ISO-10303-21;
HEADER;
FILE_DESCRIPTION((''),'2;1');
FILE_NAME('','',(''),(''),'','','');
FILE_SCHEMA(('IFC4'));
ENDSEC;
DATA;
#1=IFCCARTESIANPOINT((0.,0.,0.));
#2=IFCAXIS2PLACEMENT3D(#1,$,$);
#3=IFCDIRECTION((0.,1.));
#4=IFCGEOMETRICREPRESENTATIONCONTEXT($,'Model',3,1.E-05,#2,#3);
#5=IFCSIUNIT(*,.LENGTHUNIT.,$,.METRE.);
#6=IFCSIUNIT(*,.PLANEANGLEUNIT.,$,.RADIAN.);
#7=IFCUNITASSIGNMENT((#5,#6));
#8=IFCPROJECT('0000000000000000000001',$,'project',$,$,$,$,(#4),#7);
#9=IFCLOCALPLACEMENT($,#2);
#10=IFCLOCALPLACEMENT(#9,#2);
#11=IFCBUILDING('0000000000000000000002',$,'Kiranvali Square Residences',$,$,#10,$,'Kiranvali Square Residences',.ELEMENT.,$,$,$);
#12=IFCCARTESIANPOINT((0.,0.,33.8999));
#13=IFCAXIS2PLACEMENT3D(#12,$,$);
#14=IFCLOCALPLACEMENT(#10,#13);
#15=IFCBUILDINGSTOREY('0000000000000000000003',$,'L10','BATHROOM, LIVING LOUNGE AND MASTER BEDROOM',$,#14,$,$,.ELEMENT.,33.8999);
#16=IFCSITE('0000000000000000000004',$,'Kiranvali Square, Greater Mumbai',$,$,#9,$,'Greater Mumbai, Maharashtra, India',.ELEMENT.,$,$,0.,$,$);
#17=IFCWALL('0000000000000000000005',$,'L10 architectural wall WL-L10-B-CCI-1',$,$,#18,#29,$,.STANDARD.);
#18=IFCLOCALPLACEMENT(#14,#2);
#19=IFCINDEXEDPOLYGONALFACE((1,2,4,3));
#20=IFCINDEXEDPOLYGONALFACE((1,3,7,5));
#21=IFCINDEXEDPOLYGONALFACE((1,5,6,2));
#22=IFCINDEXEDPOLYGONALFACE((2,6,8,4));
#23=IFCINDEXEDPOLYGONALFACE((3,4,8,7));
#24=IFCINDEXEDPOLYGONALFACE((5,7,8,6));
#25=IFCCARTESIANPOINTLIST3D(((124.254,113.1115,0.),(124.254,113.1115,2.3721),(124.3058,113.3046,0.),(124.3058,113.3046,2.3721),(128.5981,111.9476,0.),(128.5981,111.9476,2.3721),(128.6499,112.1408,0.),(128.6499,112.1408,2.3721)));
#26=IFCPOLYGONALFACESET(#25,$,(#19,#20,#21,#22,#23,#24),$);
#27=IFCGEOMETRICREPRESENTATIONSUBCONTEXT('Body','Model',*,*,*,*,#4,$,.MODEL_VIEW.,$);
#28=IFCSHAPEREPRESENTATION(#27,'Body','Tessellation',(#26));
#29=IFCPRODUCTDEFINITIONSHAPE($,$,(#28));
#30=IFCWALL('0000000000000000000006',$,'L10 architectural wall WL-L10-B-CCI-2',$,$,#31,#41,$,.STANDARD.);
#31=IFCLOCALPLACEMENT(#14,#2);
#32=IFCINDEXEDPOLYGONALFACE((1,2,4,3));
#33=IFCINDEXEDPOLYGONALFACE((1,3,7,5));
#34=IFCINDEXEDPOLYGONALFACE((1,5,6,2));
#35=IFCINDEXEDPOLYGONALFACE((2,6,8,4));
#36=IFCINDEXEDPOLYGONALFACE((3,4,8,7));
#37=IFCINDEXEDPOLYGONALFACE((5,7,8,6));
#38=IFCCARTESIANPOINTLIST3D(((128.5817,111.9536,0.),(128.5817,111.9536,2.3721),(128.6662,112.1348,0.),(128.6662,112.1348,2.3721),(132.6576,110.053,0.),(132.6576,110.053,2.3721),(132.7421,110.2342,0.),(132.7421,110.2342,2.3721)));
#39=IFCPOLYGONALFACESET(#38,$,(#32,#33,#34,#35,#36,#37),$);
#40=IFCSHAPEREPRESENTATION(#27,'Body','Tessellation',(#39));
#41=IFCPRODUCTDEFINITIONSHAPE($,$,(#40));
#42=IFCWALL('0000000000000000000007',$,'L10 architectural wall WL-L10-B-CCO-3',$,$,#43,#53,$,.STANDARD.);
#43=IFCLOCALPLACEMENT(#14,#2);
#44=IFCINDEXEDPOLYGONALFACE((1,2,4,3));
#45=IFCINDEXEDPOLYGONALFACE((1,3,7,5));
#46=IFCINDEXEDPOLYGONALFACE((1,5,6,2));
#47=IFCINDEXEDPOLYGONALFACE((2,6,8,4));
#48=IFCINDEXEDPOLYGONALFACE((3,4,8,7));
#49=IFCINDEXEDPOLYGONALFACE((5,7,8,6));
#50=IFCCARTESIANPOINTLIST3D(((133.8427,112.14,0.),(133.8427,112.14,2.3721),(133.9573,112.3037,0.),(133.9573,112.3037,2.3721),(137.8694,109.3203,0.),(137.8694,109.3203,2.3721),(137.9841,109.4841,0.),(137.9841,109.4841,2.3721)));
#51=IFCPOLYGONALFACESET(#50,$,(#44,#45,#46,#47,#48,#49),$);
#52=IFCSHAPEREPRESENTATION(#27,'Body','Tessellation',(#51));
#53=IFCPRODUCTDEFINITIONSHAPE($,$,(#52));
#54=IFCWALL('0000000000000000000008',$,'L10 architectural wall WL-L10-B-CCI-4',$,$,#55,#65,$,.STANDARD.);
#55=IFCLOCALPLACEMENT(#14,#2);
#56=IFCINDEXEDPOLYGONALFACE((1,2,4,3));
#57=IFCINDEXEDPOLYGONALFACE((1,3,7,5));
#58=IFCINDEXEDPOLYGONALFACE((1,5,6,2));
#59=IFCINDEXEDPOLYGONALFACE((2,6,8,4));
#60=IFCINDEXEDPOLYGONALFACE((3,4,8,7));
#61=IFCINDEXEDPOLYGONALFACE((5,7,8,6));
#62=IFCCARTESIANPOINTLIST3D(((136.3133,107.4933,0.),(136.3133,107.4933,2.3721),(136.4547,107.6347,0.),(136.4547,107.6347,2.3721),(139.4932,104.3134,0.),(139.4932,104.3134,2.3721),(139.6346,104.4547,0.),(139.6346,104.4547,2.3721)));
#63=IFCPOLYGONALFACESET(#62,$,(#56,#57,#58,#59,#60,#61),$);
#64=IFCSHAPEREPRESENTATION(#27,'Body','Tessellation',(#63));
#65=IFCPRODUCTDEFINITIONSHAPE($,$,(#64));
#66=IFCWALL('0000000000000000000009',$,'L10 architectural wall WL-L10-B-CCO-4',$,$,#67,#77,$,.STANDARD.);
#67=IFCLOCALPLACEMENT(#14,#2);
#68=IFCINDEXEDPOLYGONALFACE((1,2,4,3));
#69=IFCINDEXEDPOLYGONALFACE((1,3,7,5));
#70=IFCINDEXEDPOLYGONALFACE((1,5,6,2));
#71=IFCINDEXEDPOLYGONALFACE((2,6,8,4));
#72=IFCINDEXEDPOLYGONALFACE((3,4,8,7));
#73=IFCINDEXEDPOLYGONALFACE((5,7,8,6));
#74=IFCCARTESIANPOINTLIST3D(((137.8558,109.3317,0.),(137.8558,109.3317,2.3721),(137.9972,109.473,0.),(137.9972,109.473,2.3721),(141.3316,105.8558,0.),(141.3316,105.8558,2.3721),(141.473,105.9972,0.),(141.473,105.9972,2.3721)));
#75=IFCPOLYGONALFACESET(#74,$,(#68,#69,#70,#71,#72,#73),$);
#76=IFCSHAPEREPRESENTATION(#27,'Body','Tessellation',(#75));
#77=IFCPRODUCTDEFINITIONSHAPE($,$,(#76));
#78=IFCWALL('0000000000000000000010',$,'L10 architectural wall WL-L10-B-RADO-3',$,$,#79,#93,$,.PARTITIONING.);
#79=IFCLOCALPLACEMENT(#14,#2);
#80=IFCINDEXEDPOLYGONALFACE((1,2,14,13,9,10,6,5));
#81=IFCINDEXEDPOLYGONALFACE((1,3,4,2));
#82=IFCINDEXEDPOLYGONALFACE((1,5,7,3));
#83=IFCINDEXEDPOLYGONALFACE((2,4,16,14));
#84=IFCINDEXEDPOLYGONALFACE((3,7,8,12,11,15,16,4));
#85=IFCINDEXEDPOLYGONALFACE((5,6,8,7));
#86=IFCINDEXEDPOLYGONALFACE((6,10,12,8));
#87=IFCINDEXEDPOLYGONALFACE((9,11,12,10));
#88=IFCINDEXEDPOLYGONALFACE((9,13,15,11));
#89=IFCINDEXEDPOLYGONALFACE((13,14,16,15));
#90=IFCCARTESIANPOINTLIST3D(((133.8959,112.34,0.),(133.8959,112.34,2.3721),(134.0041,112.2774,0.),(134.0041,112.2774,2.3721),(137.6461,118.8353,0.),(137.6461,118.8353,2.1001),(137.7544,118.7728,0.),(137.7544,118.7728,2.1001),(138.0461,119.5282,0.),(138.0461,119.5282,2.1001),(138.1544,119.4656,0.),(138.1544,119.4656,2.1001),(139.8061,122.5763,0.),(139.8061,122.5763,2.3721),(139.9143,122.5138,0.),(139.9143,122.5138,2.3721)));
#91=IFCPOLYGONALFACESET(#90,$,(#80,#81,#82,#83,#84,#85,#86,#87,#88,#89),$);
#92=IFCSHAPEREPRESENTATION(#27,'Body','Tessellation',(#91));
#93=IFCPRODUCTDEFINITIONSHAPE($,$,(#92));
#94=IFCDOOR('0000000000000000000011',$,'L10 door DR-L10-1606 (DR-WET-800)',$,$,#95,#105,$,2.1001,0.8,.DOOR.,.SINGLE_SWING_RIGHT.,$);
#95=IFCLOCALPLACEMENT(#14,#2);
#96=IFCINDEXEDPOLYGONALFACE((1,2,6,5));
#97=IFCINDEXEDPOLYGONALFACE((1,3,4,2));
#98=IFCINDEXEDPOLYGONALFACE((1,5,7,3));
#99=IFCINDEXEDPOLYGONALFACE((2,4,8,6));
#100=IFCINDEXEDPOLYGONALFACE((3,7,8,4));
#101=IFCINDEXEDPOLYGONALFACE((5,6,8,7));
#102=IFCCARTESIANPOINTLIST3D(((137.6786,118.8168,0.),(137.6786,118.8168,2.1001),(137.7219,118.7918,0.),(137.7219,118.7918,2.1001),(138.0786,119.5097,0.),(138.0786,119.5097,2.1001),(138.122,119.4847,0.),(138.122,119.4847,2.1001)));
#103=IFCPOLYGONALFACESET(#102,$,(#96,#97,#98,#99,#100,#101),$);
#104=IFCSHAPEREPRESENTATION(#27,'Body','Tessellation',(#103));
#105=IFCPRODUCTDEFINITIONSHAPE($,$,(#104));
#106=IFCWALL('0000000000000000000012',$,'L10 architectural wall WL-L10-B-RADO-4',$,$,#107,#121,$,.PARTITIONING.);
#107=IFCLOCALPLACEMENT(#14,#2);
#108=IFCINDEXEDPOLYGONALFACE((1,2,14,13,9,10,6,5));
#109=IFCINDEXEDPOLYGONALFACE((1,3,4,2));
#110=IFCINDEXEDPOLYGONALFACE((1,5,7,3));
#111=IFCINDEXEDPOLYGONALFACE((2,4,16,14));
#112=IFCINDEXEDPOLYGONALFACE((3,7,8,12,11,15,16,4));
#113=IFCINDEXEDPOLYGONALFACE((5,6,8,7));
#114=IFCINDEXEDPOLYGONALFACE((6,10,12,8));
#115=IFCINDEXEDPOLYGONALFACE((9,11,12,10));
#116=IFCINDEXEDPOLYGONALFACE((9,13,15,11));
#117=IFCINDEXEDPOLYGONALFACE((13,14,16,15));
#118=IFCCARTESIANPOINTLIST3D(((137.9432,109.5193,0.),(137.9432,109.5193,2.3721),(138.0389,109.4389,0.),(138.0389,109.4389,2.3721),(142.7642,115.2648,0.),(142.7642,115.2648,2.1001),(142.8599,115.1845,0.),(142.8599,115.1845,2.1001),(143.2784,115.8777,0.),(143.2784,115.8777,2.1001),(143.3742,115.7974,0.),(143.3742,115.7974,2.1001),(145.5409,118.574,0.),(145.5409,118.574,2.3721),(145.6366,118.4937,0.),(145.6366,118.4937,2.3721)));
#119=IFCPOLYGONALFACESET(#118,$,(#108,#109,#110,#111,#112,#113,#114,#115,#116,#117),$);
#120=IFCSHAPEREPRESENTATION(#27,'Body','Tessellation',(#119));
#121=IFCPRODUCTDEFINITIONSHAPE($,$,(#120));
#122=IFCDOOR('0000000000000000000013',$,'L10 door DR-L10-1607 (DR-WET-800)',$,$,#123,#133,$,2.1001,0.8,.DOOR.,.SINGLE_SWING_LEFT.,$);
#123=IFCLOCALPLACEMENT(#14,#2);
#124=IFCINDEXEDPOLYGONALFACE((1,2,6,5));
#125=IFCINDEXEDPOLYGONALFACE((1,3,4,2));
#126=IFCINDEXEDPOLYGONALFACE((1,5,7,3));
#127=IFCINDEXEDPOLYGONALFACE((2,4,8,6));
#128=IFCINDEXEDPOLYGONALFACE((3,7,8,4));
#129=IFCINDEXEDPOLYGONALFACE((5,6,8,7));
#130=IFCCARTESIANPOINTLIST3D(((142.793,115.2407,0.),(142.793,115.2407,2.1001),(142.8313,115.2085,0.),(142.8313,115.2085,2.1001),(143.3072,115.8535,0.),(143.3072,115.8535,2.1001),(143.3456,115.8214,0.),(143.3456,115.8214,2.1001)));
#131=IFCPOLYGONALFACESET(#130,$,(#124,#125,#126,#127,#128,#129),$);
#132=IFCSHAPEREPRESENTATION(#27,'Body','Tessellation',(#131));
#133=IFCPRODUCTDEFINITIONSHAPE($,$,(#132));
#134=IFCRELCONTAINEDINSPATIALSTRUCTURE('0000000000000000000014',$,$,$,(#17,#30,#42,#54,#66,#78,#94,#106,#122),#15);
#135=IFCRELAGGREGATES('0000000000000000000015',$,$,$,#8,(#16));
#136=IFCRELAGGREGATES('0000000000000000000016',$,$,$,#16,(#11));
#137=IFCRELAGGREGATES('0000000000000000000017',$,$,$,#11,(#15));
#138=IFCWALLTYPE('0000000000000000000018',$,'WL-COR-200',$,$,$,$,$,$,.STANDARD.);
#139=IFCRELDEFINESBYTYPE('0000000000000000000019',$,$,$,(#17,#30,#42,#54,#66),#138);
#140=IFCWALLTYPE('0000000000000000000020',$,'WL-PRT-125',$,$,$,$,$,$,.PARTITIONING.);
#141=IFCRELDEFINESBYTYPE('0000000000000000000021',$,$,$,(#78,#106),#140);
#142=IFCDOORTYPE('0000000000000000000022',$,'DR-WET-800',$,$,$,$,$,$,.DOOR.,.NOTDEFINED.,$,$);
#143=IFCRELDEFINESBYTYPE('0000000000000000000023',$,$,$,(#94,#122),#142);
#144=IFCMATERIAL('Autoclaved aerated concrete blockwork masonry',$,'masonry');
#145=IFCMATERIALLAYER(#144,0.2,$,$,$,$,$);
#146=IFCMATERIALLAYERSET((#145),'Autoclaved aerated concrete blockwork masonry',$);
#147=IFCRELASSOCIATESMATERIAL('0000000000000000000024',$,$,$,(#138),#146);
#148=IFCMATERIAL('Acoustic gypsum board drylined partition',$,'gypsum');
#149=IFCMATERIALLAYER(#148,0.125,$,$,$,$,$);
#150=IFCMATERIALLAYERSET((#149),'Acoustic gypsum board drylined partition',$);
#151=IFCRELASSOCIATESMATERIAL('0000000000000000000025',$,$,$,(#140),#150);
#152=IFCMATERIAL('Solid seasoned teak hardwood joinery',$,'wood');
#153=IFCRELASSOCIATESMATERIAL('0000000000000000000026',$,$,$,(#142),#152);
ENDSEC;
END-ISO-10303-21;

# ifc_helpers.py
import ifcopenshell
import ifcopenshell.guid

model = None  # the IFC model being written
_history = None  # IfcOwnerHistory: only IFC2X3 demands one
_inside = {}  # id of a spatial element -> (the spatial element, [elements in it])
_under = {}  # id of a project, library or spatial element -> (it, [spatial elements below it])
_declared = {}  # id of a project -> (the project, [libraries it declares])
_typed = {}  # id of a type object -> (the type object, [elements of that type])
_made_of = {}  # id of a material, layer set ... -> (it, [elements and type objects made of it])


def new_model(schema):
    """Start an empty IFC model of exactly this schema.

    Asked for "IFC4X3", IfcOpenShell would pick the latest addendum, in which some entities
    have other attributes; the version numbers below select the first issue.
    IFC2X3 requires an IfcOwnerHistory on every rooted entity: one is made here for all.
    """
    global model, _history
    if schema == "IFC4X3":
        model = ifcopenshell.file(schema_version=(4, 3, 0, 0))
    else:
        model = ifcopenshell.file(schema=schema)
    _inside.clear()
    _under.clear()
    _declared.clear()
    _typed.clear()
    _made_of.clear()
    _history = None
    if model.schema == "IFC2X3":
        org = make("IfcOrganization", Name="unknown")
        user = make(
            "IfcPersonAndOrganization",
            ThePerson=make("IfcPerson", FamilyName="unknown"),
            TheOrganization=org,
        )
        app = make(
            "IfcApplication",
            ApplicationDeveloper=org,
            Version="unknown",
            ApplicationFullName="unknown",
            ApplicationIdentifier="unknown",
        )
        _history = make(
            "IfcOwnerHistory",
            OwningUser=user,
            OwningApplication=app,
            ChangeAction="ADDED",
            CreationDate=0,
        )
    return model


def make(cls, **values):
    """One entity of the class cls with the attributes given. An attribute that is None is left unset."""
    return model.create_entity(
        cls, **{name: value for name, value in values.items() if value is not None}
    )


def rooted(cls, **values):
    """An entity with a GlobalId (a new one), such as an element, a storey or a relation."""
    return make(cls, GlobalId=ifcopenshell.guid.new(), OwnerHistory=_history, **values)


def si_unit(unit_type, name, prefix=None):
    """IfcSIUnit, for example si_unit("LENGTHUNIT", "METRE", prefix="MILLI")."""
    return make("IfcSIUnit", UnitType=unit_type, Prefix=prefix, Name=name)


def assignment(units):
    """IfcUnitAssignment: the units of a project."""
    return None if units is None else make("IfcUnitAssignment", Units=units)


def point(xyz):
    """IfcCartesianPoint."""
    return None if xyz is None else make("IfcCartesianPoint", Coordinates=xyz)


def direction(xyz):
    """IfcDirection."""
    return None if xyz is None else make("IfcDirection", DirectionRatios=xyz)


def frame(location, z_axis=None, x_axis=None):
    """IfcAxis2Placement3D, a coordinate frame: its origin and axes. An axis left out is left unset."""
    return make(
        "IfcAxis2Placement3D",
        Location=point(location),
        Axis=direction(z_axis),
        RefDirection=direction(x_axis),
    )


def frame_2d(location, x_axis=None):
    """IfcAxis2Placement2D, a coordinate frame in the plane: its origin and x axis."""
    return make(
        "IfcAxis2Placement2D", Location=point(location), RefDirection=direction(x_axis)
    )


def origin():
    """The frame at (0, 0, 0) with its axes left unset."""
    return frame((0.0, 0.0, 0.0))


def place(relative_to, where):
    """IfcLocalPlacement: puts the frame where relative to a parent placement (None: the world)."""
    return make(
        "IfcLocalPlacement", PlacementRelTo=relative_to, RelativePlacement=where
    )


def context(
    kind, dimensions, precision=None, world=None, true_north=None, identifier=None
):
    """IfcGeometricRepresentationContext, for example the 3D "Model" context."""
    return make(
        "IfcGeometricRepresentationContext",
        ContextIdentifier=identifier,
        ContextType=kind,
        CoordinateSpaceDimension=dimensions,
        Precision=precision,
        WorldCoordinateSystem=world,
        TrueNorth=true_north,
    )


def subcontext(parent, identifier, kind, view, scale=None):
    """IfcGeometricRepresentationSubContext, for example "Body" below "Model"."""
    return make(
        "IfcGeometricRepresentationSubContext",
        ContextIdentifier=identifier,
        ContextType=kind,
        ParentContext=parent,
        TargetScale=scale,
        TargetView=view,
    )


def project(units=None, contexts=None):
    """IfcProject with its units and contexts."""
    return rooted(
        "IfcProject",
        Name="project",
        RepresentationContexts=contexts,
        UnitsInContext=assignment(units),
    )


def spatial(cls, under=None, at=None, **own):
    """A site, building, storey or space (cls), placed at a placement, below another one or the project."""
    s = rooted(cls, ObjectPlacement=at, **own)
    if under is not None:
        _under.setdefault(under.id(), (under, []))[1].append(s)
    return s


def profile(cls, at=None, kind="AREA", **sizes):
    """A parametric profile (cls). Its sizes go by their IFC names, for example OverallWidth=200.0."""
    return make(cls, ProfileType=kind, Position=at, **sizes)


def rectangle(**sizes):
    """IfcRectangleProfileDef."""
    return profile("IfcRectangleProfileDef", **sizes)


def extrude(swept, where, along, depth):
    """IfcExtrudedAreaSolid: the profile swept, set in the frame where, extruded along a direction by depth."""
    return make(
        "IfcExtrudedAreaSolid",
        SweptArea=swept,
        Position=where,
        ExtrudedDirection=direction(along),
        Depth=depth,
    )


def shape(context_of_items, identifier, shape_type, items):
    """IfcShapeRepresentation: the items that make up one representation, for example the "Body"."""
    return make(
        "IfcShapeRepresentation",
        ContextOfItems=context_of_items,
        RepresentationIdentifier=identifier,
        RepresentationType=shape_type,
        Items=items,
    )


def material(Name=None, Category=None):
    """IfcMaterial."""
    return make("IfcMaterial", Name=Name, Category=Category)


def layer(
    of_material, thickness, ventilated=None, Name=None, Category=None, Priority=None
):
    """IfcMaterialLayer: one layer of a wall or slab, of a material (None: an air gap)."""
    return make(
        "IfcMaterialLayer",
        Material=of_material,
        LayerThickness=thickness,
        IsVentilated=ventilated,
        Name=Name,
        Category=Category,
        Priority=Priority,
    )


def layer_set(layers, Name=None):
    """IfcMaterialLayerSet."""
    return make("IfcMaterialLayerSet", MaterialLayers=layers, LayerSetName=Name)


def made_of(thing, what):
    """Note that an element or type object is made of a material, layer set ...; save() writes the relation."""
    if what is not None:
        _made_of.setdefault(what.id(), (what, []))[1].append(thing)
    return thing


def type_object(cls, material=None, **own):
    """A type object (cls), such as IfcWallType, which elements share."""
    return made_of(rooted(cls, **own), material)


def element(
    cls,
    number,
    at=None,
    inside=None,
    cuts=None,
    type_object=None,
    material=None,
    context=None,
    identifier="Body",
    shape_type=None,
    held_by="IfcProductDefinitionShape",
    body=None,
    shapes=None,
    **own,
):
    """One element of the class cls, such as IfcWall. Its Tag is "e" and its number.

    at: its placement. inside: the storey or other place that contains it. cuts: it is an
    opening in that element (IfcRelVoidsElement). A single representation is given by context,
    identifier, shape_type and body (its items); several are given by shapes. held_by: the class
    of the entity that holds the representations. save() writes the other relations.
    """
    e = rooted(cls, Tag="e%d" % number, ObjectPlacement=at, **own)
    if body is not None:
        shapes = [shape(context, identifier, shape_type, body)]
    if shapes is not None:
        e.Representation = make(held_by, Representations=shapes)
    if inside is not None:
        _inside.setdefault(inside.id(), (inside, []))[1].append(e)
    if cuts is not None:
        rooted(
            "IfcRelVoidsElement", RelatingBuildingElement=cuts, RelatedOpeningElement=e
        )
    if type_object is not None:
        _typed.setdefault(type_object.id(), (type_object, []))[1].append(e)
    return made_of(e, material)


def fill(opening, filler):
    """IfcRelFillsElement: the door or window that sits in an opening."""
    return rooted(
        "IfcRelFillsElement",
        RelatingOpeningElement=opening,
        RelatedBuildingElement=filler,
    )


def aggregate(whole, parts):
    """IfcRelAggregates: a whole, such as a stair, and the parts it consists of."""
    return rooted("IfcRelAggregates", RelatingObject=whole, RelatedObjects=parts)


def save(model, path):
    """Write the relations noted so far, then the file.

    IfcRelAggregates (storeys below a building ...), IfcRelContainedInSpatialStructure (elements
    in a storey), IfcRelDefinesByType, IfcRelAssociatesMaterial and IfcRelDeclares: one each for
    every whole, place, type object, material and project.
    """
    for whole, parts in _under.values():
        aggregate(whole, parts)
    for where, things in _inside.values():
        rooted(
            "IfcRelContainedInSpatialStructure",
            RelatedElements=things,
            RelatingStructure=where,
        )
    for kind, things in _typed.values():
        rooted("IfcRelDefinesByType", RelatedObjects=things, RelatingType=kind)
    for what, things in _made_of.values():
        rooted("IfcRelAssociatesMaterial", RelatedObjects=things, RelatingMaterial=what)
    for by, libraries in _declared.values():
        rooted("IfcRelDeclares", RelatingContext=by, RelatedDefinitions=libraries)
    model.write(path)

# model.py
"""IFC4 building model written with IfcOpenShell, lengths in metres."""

from ifc_helpers import new_model, si_unit, direction, frame, frame_2d, origin, place, context, subcontext, project, spatial, rectangle, extrude, material, layer, layer_set, type_object, element, fill, save


model = new_model("IFC4")

# Units and contexts
model_context = context("Model", 3, precision=1e-05, world=origin(), true_north=direction((0.0, 1.0)))
body_context = subcontext(model_context, "Body", "Model", "MODEL_VIEW")
ifc_project = project(units=[si_unit("LENGTHUNIT", "METRE"), si_unit("PLANEANGLEUNIT", "RADIAN")], contexts=[model_context])

# Site, building, storey
site_placement = place(None, origin())
site = spatial("IfcSite", under=ifc_project, at=site_placement, Name="Kiranvali Square, Greater Mumbai", LongName="Greater Mumbai, Maharashtra, India", CompositionType="ELEMENT", RefElevation=0.0)
building_placement = place(site_placement, origin())
building = spatial("IfcBuilding", under=site, at=building_placement, Name="Kiranvali Square Residences", LongName="Kiranvali Square Residences", CompositionType="ELEMENT")
storey_placement = place(building_placement, frame((0.0, 0.0, 33.8999)))
storey = spatial("IfcBuildingStorey", under=building, at=storey_placement, Name="L10", Description="BATHROOM, LIVING LOUNGE AND MASTER BEDROOM", CompositionType="ELEMENT", Elevation=33.8999)

# Walls
ifc_material_1 = material(Name="Autoclaved aerated concrete blockwork masonry", Category="masonry")
ifc_layer_1 = layer(ifc_material_1, 0.2)
ifc_layer_set_1 = layer_set([ifc_layer_1], Name="Autoclaved aerated concrete blockwork masonry")
wall_type_1 = type_object("IfcWallType", Name="WL-COR-200", PredefinedType="STANDARD", material=ifc_layer_set_1)
for number, where, z_axis, x_axis, name in (
    (1, (124.28, 113.208, 0.0), (0.0, 0.0, 1.0), (0.965934, -0.258788, 0.0), "L10 architectural wall WL-L10-B-CCI-1"),
    (2, (128.624, 112.0442, 0.0), (0.0, 0.0, 1.0), (0.906308, -0.422618, 0.0), "L10 architectural wall WL-L10-B-CCI-2"),
):
    element("IfcWall", number, at=place(storey_placement, frame(where, z_axis=z_axis, x_axis=x_axis)), inside=storey, type_object=wall_type_1, Name=name, PredefinedType="STANDARD", context=body_context, shape_type="SweptSolid", body=[
        extrude(rectangle(XDim=4.4973, YDim=0.2, at=frame_2d((2.2485, 0.0))), origin(), (0.0, 0.0, 1.0), 2.3721),
    ])

# Walls
wall_1_placement = place(storey_placement, frame((133.8999, 112.2219, 0.0), z_axis=(0.0, 0.0, 1.0), x_axis=(0.819141, -0.573592, 0.0)))
element("IfcWall", 3, at=wall_1_placement, inside=storey, type_object=wall_type_1, Name="L10 architectural wall WL-L10-B-CCO-3", PredefinedType="STANDARD", context=body_context, shape_type="SweptSolid", body=[
    extrude(rectangle(XDim=4.9158, YDim=0.2, at=frame_2d((2.458, 0.0))), origin(), (0.0, 0.0, 1.0), 2.3721),
])
wall_2_placement = place(storey_placement, frame((136.384, 107.564, 0.0), z_axis=(0.0, 0.0, 1.0), x_axis=(0.707107, -0.707107, 0.0)))
element("IfcWall", 4, at=wall_2_placement, inside=storey, type_object=wall_type_1, Name="L10 architectural wall WL-L10-B-CCI-4", PredefinedType="STANDARD", context=body_context, shape_type="SweptSolid", body=[
    extrude(rectangle(XDim=4.4971, YDim=0.2, at=frame_2d((2.2485, 0.0))), origin(), (0.0, 0.0, 1.0), 2.3721),
])
wall_3_placement = place(storey_placement, frame((137.9265, 109.4023, 0.0), z_axis=(0.0, 0.0, 1.0), x_axis=(0.707107, -0.707107, 0.0)))
element("IfcWall", 5, at=wall_3_placement, inside=storey, type_object=wall_type_1, Name="L10 architectural wall WL-L10-B-CCO-4", PredefinedType="STANDARD", context=body_context, shape_type="SweptSolid", body=[
    extrude(rectangle(XDim=4.9155, YDim=0.2, at=frame_2d((2.4578, 0.0))), origin(), (0.0, 0.0, 1.0), 2.3721),
])

# Walls, openings, doors
ifc_material_2 = material(Name="Acoustic gypsum board drylined partition", Category="gypsum")
ifc_layer_2 = layer(ifc_material_2, 0.125)
ifc_layer_set_2 = layer_set([ifc_layer_2], Name="Acoustic gypsum board drylined partition")
wall_type_2 = type_object("IfcWallType", Name="WL-PRT-125", PredefinedType="PARTITIONING", material=ifc_layer_set_2)
wall_4_placement = place(storey_placement, frame((133.95, 112.3086, 0.0), z_axis=(0.0, 0.0, 1.0), x_axis=(0.500013, 0.866018, 0.0)))
wall_4 = element("IfcWall", 6, at=wall_4_placement, inside=storey, type_object=wall_type_2, Name="L10 architectural wall WL-L10-B-RADO-3", PredefinedType="PARTITIONING", context=body_context, shape_type="SweptSolid", body=[
    extrude(rectangle(XDim=11.8201, YDim=0.125, at=frame_2d((5.9102, 0.0))), origin(), (0.0, 0.0, 1.0), 2.3721),
])
opening_1_placement = place(wall_4_placement, frame((7.5005, 0.0, 0.0)))
opening_1 = element("IfcOpeningElement", 7, at=opening_1_placement, cuts=wall_4, PredefinedType="OPENING", context=body_context, shape_type="SweptSolid", body=[
    extrude(rectangle(XDim=0.8, YDim=2.1001, at=frame_2d((0.3999, 1.05))), frame((0.0, 0.0725, 0.0), z_axis=(0.0, -1.0, 0.0), x_axis=(1.0, 0.0, 0.0)), (0.0, 0.0, 1.0), 0.145),
])
ifc_material_3 = material(Name="Solid seasoned teak hardwood joinery", Category="wood")
door_type_1 = type_object("IfcDoorType", Name="DR-WET-800", OperationType="NOTDEFINED", PredefinedType="DOOR", material=ifc_material_3)
door_1_placement = place(opening_1_placement, frame((0.8, 0.0, 0.0), z_axis=(0.0, 0.0, 1.0), x_axis=(-1.0, 0.0, 0.0)))
door_1 = element("IfcDoor", 8, at=door_1_placement, inside=storey, type_object=door_type_1, Name="L10 door DR-L10-1606 (DR-WET-800)", OperationType="SINGLE_SWING_RIGHT", OverallHeight=2.1001, OverallWidth=0.8, PredefinedType="DOOR", context=body_context, shape_type="SweptSolid", body=[
    extrude(rectangle(XDim=0.8, YDim=2.1001, at=frame_2d((0.3999, 1.05))), frame((0.0, 0.0249, 0.0), z_axis=(0.0, -1.0, 0.0), x_axis=(1.0, 0.0, 0.0)), (0.0, 0.0, 1.0), 0.05),
])
fill(opening_1, door_1)
wall_5_placement = place(storey_placement, frame((137.991, 109.479, 0.0), z_axis=(0.0, 0.0, 1.0), x_axis=(0.642781, 0.76605, 0.0)))
wall_5 = element("IfcWall", 9, at=wall_5_placement, inside=storey, type_object=wall_type_2, Name="L10 architectural wall WL-L10-B-RADO-4", PredefinedType="PARTITIONING", context=body_context, shape_type="SweptSolid", body=[
    extrude(rectangle(XDim=11.8201, YDim=0.125, at=frame_2d((5.9102, 0.0))), origin(), (0.0, 0.0, 1.0), 2.3721),
])
opening_2_placement = place(wall_5_placement, frame((7.5005, 0.0, 0.0)))
opening_2 = element("IfcOpeningElement", 10, at=opening_2_placement, cuts=wall_5, PredefinedType="OPENING", context=body_context, shape_type="SweptSolid", body=[
    extrude(rectangle(XDim=0.8, YDim=2.1001, at=frame_2d((0.3999, 1.05))), frame((0.0, 0.0725, 0.0), z_axis=(0.0, -1.0, 0.0), x_axis=(1.0, 0.0, 0.0)), (0.0, 0.0, 1.0), 0.145),
])
door_2_placement = place(opening_2_placement, origin())
door_2 = element("IfcDoor", 11, at=door_2_placement, inside=storey, type_object=door_type_1, Name="L10 door DR-L10-1607 (DR-WET-800)", OperationType="SINGLE_SWING_LEFT", OverallHeight=2.1001, OverallWidth=0.8, PredefinedType="DOOR", context=body_context, shape_type="SweptSolid", body=[
    extrude(rectangle(XDim=0.8, YDim=2.1001, at=frame_2d((0.3999, 1.05))), frame((0.0, 0.0249, 0.0), z_axis=(0.0, -1.0, 0.0), x_axis=(1.0, 0.0, 0.0)), (0.0, 0.0, 1.0), 0.05),
])
fill(opening_2, door_2)

save(model, "model.ifc")
